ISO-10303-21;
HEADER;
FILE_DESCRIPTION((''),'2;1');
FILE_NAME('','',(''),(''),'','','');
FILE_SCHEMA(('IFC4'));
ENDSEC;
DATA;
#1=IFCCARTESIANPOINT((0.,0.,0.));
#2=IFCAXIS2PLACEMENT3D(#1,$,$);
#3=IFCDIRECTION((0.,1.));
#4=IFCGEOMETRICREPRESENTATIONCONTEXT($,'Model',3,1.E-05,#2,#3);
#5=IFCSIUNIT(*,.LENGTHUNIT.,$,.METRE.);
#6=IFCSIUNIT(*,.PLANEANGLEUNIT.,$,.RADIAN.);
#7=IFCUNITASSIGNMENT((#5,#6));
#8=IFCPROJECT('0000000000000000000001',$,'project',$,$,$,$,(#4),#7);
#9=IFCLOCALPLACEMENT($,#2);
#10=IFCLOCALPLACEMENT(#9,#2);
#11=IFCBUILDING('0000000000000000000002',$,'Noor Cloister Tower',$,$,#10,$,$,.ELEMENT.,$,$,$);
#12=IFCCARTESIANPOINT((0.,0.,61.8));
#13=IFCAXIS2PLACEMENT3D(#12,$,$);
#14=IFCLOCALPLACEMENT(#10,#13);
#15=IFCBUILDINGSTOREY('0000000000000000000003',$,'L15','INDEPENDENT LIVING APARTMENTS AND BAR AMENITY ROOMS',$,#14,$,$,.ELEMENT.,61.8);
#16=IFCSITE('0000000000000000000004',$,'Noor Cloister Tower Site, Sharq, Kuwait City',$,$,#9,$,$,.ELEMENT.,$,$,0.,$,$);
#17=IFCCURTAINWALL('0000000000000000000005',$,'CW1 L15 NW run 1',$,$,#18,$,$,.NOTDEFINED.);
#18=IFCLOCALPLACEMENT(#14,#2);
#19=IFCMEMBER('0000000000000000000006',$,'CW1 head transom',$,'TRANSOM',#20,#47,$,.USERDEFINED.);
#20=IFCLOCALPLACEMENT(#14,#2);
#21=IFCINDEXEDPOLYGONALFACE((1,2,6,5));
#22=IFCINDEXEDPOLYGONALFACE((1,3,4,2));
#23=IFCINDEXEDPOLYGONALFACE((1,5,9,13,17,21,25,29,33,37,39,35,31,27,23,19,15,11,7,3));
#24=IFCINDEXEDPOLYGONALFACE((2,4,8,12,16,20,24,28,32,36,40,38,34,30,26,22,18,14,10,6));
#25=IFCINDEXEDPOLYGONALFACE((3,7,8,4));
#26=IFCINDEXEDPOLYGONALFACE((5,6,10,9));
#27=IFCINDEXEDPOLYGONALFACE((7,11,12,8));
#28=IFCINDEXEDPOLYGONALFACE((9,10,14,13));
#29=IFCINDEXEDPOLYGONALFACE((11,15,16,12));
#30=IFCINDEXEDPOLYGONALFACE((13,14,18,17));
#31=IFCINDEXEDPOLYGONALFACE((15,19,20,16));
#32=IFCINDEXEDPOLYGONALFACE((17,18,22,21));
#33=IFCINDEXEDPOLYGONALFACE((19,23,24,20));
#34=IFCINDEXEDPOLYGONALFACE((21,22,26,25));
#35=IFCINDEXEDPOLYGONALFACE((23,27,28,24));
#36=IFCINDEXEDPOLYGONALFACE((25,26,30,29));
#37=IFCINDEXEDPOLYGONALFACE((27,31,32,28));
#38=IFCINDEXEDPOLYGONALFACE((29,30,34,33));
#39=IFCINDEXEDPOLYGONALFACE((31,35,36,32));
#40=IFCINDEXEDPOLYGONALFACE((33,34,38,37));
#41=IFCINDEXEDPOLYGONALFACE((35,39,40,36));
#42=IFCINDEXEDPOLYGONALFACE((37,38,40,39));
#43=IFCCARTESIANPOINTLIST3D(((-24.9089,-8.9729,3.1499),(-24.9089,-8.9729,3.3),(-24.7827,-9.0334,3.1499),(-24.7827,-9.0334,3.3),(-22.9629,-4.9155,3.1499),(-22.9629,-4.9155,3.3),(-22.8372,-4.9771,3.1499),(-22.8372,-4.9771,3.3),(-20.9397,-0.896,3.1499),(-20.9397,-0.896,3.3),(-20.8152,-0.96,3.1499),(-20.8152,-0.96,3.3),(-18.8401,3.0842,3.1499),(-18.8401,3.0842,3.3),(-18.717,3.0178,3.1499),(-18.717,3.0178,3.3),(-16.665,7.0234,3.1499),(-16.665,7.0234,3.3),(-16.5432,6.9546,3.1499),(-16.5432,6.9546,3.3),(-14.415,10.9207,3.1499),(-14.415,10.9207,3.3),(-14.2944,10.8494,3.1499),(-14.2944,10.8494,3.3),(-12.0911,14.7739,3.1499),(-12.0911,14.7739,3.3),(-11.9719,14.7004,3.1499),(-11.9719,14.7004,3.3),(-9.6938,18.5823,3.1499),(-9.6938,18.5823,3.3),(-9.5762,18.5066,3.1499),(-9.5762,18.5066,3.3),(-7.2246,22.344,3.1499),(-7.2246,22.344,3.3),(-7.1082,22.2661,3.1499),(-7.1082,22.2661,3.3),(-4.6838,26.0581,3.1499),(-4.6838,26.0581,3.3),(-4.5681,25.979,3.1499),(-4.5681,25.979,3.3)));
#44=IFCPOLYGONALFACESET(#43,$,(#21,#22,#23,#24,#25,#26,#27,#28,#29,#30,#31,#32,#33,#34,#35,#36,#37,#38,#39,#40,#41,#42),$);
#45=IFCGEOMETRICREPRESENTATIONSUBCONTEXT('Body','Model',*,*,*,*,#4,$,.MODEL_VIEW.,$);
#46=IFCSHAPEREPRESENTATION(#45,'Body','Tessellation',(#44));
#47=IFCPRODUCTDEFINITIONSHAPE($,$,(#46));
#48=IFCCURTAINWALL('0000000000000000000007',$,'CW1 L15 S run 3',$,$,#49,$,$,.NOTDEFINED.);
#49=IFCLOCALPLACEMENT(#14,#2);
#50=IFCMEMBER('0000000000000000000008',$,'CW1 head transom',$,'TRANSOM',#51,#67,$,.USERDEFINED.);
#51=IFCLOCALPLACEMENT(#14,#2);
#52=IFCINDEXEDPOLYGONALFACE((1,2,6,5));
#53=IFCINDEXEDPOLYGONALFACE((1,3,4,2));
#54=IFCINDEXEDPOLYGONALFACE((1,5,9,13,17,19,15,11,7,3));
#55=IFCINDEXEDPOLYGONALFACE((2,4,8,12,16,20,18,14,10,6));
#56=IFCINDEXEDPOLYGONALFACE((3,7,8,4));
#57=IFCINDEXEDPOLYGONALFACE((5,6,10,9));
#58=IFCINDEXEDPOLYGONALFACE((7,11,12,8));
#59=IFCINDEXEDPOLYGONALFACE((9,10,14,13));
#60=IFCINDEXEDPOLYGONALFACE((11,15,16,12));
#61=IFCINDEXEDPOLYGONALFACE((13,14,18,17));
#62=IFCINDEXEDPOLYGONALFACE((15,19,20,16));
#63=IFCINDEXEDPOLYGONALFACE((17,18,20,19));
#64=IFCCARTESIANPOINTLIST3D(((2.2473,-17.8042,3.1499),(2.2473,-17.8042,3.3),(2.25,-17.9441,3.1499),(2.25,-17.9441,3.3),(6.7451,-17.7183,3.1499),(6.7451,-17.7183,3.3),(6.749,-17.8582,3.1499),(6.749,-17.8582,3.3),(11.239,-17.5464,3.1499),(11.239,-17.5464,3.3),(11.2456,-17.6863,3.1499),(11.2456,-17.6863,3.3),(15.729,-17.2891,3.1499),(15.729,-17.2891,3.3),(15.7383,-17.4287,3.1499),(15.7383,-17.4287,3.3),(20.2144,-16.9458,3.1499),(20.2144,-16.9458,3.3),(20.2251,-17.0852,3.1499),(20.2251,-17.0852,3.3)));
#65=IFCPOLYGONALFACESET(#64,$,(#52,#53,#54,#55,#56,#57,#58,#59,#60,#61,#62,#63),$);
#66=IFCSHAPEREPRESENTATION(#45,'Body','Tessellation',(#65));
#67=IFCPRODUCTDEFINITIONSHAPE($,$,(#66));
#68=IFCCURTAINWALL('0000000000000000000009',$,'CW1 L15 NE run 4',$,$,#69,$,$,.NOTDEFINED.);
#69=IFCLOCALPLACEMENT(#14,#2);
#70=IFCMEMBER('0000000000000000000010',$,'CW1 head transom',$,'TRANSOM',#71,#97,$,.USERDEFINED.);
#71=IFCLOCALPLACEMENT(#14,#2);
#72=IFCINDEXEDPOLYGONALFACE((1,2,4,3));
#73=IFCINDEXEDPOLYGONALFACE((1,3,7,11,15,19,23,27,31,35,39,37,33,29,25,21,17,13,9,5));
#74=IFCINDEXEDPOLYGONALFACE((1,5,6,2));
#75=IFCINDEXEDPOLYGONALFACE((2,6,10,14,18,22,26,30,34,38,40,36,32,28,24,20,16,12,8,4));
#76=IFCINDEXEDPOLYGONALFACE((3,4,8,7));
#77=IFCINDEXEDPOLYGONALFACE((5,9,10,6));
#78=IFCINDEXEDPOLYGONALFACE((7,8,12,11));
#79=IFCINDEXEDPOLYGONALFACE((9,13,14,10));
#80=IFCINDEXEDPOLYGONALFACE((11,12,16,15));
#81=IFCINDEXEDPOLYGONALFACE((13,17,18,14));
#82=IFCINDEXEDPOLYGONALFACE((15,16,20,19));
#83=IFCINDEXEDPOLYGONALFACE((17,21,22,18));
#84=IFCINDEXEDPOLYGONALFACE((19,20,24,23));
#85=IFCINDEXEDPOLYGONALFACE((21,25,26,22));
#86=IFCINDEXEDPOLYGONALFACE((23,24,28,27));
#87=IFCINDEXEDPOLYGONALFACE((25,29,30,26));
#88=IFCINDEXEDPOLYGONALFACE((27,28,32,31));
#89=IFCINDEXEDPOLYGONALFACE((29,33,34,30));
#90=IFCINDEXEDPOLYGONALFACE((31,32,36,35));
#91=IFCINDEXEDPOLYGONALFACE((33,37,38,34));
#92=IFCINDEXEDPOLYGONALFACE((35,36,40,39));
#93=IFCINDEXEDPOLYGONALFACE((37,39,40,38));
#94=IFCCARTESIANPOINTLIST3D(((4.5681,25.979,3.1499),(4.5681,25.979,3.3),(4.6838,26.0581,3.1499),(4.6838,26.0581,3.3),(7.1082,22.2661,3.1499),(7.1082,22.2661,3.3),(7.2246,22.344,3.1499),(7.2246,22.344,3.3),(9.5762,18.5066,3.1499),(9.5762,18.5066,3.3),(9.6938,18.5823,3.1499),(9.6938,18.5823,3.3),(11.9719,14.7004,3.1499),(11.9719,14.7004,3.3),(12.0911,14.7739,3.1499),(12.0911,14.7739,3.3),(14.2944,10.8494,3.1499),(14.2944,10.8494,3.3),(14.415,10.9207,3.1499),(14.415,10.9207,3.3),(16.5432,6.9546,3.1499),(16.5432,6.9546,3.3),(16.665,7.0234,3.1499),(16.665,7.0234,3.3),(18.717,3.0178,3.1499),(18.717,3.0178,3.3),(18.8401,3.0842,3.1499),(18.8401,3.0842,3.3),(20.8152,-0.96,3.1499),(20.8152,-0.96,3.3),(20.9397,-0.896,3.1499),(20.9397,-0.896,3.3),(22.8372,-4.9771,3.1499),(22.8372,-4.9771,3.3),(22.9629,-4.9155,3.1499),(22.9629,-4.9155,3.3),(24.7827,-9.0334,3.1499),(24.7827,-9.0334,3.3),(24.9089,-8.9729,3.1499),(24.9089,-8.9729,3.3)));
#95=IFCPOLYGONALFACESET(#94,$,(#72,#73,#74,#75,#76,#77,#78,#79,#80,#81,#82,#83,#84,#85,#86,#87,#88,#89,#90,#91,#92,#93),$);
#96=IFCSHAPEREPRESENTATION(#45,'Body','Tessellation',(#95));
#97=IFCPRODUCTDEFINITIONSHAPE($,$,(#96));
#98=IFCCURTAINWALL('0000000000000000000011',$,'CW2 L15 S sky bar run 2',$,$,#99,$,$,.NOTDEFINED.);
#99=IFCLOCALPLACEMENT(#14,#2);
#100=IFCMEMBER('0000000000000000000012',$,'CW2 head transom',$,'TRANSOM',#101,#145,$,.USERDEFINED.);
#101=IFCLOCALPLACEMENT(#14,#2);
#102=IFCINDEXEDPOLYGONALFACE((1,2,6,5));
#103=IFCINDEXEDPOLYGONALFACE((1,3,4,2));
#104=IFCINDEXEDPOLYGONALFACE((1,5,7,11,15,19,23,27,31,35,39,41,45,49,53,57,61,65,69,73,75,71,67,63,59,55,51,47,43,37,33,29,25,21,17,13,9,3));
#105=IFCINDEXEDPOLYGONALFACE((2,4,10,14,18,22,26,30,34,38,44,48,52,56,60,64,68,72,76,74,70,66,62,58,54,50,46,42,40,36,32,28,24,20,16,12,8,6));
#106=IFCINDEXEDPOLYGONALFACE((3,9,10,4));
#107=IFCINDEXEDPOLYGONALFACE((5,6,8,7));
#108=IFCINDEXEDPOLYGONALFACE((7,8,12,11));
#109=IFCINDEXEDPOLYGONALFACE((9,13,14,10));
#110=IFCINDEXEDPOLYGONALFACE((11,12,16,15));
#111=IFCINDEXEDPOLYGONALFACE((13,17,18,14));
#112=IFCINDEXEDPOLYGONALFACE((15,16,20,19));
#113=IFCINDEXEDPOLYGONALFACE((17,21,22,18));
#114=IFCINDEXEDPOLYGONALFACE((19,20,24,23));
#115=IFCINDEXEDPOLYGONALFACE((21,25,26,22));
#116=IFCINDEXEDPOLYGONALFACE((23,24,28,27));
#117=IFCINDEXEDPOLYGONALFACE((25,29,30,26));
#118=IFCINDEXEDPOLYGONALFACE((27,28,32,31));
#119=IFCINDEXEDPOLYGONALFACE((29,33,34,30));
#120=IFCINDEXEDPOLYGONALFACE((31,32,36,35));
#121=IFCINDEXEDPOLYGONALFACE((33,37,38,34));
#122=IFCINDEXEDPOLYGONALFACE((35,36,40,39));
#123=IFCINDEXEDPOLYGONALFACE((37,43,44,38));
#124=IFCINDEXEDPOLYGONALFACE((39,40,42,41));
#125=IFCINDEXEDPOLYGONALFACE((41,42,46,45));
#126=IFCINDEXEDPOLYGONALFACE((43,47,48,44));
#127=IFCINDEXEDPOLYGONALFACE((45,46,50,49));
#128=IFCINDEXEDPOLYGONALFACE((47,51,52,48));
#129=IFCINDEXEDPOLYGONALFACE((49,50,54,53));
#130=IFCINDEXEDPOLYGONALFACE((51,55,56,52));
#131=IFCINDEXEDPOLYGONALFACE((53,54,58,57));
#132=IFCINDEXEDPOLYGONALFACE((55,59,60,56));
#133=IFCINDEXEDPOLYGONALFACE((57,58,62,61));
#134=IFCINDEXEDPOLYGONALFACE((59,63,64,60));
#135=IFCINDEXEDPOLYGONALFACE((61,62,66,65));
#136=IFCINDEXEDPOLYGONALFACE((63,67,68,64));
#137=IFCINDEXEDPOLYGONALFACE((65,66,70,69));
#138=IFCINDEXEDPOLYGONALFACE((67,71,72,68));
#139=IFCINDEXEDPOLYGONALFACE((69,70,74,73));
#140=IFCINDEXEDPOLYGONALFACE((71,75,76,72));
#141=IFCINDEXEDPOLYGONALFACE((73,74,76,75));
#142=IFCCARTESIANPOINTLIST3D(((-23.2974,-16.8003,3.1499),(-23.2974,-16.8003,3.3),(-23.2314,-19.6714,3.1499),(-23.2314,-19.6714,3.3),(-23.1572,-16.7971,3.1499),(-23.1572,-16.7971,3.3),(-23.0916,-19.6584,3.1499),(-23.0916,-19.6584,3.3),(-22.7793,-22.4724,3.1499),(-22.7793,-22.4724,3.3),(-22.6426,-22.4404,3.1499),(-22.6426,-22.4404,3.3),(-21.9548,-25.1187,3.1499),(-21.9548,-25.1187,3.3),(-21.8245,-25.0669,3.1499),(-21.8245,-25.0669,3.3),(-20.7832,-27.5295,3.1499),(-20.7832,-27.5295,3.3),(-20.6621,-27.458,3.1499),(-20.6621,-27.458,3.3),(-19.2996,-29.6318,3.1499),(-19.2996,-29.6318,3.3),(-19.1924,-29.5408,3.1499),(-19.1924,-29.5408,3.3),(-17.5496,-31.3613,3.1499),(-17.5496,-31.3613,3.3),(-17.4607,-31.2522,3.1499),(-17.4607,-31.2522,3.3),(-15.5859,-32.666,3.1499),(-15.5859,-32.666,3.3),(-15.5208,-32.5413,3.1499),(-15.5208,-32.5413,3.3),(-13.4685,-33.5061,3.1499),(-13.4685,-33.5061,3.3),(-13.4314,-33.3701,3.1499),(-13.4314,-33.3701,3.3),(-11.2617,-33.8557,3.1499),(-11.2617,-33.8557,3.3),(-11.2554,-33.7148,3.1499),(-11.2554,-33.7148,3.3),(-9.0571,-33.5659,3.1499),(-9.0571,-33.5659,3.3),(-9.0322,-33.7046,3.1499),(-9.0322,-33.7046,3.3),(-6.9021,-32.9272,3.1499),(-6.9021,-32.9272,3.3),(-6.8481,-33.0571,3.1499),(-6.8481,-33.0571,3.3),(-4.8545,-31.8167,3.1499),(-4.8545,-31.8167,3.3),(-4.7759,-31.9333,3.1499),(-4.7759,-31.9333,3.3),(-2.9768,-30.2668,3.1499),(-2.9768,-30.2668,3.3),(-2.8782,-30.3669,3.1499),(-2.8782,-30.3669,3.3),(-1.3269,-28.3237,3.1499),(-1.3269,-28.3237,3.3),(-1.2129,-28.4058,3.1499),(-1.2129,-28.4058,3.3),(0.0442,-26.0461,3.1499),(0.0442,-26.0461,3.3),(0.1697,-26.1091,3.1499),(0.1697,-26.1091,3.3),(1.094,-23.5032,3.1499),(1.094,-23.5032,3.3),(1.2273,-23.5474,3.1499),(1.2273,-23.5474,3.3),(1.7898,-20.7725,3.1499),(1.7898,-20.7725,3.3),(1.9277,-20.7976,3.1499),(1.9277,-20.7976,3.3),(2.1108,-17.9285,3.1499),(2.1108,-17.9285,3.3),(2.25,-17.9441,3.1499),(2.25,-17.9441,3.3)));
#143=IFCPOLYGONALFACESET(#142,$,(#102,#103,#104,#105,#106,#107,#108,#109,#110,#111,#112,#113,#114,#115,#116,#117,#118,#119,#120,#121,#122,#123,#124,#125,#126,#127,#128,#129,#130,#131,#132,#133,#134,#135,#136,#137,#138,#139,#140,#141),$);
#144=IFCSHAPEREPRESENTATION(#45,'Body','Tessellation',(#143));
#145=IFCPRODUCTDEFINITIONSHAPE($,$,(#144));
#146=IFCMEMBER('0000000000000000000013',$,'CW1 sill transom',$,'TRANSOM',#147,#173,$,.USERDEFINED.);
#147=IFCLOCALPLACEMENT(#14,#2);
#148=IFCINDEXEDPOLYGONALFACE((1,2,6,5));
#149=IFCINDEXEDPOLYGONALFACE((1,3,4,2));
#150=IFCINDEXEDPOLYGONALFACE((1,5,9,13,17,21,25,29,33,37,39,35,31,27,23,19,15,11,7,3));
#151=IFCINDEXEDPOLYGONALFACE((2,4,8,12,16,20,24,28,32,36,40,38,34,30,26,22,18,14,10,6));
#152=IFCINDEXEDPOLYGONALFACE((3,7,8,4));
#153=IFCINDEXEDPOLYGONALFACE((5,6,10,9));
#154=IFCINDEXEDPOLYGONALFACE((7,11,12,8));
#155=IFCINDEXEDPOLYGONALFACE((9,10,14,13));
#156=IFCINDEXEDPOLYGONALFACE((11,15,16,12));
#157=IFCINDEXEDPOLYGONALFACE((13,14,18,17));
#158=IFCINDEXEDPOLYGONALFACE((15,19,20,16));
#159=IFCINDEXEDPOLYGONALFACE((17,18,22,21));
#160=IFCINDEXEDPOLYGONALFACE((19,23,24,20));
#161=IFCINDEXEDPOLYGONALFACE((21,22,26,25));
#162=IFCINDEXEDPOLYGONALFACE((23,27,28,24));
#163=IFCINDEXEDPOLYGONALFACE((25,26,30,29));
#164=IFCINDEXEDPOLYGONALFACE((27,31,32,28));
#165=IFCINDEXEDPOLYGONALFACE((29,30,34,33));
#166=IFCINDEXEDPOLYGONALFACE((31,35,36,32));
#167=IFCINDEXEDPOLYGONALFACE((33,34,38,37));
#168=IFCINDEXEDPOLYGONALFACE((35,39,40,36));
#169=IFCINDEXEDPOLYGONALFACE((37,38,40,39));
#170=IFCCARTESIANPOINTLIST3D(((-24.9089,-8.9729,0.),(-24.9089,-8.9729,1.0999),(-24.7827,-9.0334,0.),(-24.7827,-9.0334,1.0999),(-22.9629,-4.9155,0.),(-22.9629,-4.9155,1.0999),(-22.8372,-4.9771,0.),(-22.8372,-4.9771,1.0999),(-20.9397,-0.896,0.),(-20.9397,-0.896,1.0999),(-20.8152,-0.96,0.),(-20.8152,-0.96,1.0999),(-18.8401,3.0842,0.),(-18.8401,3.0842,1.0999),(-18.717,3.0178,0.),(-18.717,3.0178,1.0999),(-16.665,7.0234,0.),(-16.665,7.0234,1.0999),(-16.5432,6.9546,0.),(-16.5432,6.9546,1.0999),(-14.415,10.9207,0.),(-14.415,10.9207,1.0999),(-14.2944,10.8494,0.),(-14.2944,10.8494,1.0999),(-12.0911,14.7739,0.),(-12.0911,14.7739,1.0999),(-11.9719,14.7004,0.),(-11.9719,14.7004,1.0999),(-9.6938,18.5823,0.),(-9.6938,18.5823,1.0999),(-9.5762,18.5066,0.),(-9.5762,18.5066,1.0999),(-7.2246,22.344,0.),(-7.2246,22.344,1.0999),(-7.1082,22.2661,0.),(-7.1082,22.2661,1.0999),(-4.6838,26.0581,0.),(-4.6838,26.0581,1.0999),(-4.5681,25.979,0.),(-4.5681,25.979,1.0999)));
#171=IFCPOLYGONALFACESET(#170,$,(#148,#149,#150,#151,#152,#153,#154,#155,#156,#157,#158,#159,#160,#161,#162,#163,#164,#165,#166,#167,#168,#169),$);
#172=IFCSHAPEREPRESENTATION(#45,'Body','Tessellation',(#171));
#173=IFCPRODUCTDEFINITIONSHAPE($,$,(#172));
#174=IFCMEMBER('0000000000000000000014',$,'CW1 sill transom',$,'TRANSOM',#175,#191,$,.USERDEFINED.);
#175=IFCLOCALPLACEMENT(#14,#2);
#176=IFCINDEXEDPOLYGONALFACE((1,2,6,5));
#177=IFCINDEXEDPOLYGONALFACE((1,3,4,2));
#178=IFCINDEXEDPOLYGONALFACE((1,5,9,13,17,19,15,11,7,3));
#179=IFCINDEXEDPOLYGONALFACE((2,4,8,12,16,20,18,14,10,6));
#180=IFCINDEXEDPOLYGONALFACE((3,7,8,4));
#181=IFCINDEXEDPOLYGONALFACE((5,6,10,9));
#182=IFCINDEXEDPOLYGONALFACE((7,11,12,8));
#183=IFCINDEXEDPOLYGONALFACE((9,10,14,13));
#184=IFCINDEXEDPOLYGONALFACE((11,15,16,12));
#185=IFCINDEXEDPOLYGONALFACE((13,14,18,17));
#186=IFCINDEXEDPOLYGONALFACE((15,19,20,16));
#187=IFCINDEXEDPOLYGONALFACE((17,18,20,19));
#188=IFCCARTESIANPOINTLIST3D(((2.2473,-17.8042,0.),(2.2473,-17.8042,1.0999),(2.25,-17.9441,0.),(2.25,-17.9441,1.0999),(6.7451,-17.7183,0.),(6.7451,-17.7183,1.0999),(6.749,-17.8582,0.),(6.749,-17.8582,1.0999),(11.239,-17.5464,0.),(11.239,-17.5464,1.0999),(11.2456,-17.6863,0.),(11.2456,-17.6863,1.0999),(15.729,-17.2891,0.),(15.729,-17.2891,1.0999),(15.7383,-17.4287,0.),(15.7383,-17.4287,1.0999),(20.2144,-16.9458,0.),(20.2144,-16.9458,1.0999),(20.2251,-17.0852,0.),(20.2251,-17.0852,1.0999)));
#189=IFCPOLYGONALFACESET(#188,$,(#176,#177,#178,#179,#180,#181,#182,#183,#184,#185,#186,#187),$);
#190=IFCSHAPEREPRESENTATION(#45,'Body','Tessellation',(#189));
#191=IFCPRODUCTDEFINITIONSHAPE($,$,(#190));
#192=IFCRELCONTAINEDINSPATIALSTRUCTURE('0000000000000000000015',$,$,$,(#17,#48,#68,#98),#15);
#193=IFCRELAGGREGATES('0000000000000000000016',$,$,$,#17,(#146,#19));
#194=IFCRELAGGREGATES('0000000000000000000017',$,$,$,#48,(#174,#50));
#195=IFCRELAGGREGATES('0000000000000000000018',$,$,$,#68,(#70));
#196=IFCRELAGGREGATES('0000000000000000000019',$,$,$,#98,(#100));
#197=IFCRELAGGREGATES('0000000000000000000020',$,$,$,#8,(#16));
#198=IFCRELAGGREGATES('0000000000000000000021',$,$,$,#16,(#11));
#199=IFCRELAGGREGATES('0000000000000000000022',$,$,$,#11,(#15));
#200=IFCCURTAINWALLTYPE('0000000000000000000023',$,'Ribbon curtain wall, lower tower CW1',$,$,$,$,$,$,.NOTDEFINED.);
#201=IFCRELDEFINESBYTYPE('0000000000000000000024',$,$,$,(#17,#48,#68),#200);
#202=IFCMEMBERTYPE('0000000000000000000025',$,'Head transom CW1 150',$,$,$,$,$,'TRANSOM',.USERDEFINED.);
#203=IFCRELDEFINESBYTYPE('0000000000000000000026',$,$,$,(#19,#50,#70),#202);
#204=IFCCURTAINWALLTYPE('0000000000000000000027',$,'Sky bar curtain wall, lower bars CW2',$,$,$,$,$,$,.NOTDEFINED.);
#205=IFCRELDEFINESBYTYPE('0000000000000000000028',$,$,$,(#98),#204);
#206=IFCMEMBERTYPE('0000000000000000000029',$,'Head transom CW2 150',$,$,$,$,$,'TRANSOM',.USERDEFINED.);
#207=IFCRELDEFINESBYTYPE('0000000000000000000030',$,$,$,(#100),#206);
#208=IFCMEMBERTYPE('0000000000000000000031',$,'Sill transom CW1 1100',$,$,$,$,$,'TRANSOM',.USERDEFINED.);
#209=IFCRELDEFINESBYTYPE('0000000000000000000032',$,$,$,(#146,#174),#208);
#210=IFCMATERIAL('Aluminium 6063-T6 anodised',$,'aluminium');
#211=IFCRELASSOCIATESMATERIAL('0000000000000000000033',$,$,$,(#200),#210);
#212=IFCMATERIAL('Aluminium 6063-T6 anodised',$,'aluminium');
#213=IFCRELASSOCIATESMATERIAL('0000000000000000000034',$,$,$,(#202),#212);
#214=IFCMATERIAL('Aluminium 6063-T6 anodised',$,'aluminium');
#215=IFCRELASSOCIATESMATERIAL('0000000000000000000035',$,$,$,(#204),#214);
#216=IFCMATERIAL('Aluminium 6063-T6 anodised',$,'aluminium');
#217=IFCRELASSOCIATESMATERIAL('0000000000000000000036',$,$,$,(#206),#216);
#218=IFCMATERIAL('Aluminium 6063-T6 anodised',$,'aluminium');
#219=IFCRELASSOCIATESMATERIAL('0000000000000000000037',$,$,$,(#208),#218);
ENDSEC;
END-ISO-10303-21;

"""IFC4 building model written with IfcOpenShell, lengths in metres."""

from ifc_helpers import new_model, si_unit, direction, frame, origin, place, context, subcontext, project, spatial, polyline, outline, extrude, material, type_object, element, aggregate, save


model = new_model("IFC4")

# Units and contexts
model_context = context("Model", 3, precision=1e-05, world=origin(), true_north=direction((0.0, 1.0)))
body_context = subcontext(model_context, "Body", "Model", "MODEL_VIEW")
ifc_project = project(units=[si_unit("LENGTHUNIT", "METRE"), si_unit("PLANEANGLEUNIT", "RADIAN")], contexts=[model_context])

# Site, building, storey
site_placement = place(None, origin())
site = spatial("IfcSite", under=ifc_project, at=site_placement, Name="Noor Cloister Tower Site, Sharq, Kuwait City", CompositionType="ELEMENT", RefElevation=0.0)
building_placement = place(site_placement, origin())
building = spatial("IfcBuilding", under=site, at=building_placement, Name="Noor Cloister Tower", CompositionType="ELEMENT")
storey_placement = place(building_placement, frame((0.0, 0.0, 61.8)))
storey = spatial("IfcBuildingStorey", under=building, at=storey_placement, Name="L15", Description="INDEPENDENT LIVING APARTMENTS AND BAR AMENITY ROOMS", CompositionType="ELEMENT", Elevation=61.8)

# Curtain walls, members
ifc_material_1 = material(Name="Aluminium 6063-T6 anodised", Category="aluminium")
curtain_wall_type_1 = type_object("IfcCurtainWallType", Name="Ribbon curtain wall, lower tower CW1", PredefinedType="NOTDEFINED", material=ifc_material_1)
curtain_wall_1_placement = place(storey_placement, origin())
curtain_wall_1 = element("IfcCurtainWall", 1, at=curtain_wall_1_placement, inside=storey, type_object=curtain_wall_type_1, Name="CW1 L15 NW run 1", PredefinedType="NOTDEFINED")
ifc_material_2 = material(Name="Aluminium 6063-T6 anodised", Category="aluminium")
member_type_1 = type_object("IfcMemberType", Name="Head transom CW1 150", ElementType="TRANSOM", PredefinedType="USERDEFINED", material=ifc_material_2)
member_1_placement = place(storey_placement, frame((0.0, 0.0, 3.1499)))
member_1 = element("IfcMember", 2, at=member_1_placement, type_object=member_type_1, Name="CW1 head transom", ObjectType="TRANSOM", PredefinedType="USERDEFINED", context=body_context, shape_type="SweptSolid", body=[
    extrude(outline(polyline([(-4.6838, 26.0581), (-7.2246, 22.344), (-9.6938, 18.5823), (-12.0911, 14.7739), (-14.415, 10.9207), (-16.665, 7.0234), (-18.8401, 3.0842), (-20.9397, -0.896), (-22.9629, -4.9155), (-24.9089, -8.9729), (-24.7827, -9.0334), (-22.8372, -4.9771), (-20.8152, -0.96), (-18.717, 3.0178), (-16.5432, 6.9546), (-14.2944, 10.8494), (-11.9719, 14.7004), (-9.5762, 18.5066), (-7.1082, 22.2661), (-4.5681, 25.979), (-4.6838, 26.0581)])), origin(), (0.0, 0.0, 1.0), 0.1501),
])
curtain_wall_2_placement = place(storey_placement, origin())
curtain_wall_2 = element("IfcCurtainWall", 3, at=curtain_wall_2_placement, inside=storey, type_object=curtain_wall_type_1, Name="CW1 L15 S run 3", PredefinedType="NOTDEFINED")
member_2_placement = place(storey_placement, frame((0.0, 0.0, 3.1499)))
member_2 = element("IfcMember", 4, at=member_2_placement, type_object=member_type_1, Name="CW1 head transom", ObjectType="TRANSOM", PredefinedType="USERDEFINED", context=body_context, shape_type="SweptSolid", body=[
    extrude(outline(polyline([(2.25, -17.9441), (6.749, -17.8582), (11.2456, -17.6863), (15.7383, -17.4287), (20.2251, -17.0852), (20.2144, -16.9458), (15.729, -17.2891), (11.239, -17.5464), (6.7451, -17.7183), (2.2473, -17.8042), (2.25, -17.9441)])), origin(), (0.0, 0.0, 1.0), 0.1501),
])
curtain_wall_3_placement = place(storey_placement, origin())
curtain_wall_3 = element("IfcCurtainWall", 5, at=curtain_wall_3_placement, inside=storey, type_object=curtain_wall_type_1, Name="CW1 L15 NE run 4", PredefinedType="NOTDEFINED")
member_3_placement = place(storey_placement, frame((0.0, 0.0, 3.1499)))
member_3 = element("IfcMember", 6, at=member_3_placement, type_object=member_type_1, Name="CW1 head transom", ObjectType="TRANSOM", PredefinedType="USERDEFINED", context=body_context, shape_type="SweptSolid", body=[
    extrude(outline(polyline([(24.9089, -8.9729), (22.9629, -4.9155), (20.9397, -0.896), (18.8401, 3.0842), (16.665, 7.0234), (14.415, 10.9207), (12.0911, 14.7739), (9.6938, 18.5823), (7.2246, 22.344), (4.6838, 26.0581), (4.5681, 25.979), (7.1082, 22.2661), (9.5762, 18.5066), (11.9719, 14.7004), (14.2944, 10.8494), (16.5432, 6.9546), (18.717, 3.0178), (20.8152, -0.96), (22.8372, -4.9771), (24.7827, -9.0334), (24.9089, -8.9729)])), origin(), (0.0, 0.0, 1.0), 0.1501),
])
ifc_material_3 = material(Name="Aluminium 6063-T6 anodised", Category="aluminium")
curtain_wall_type_2 = type_object("IfcCurtainWallType", Name="Sky bar curtain wall, lower bars CW2", PredefinedType="NOTDEFINED", material=ifc_material_3)
curtain_wall_4_placement = place(storey_placement, origin())
curtain_wall_4 = element("IfcCurtainWall", 7, at=curtain_wall_4_placement, inside=storey, type_object=curtain_wall_type_2, Name="CW2 L15 S sky bar run 2", PredefinedType="NOTDEFINED")
ifc_material_4 = material(Name="Aluminium 6063-T6 anodised", Category="aluminium")
member_type_2 = type_object("IfcMemberType", Name="Head transom CW2 150", ElementType="TRANSOM", PredefinedType="USERDEFINED", material=ifc_material_4)
member_4_placement = place(storey_placement, frame((0.0, 0.0, 3.1499)))
member_4 = element("IfcMember", 8, at=member_4_placement, type_object=member_type_2, Name="CW2 head transom", ObjectType="TRANSOM", PredefinedType="USERDEFINED", context=body_context, shape_type="SweptSolid", body=[
    extrude(outline(polyline([(-23.2974, -16.8003), (-23.2314, -19.6714), (-22.7793, -22.4724), (-21.9548, -25.1187), (-20.7832, -27.5295), (-19.2996, -29.6318), (-17.5496, -31.3613), (-15.5859, -32.666), (-13.4685, -33.5061), (-11.2617, -33.8557), (-9.0322, -33.7046), (-6.8481, -33.0571), (-4.7759, -31.9333), (-2.8782, -30.3669), (-1.2129, -28.4058), (0.1697, -26.1091), (1.2273, -23.5474), (1.9277, -20.7976), (2.25, -17.9441), (2.1108, -17.9285), (1.7898, -20.7725), (1.094, -23.5032), (0.0442, -26.0461), (-1.3269, -28.3237), (-2.9768, -30.2668), (-4.8545, -31.8167), (-6.9021, -32.9272), (-9.0571, -33.5659), (-11.2554, -33.7148), (-13.4314, -33.3701), (-15.5208, -32.5413), (-17.4607, -31.2522), (-19.1924, -29.5408), (-20.6621, -27.458), (-21.8245, -25.0669), (-22.6426, -22.4404), (-23.0916, -19.6584), (-23.1572, -16.7971), (-23.2974, -16.8003)])), origin(), (0.0, 0.0, 1.0), 0.1501),
])

# Members
ifc_material_5 = material(Name="Aluminium 6063-T6 anodised", Category="aluminium")
member_type_3 = type_object("IfcMemberType", Name="Sill transom CW1 1100", ElementType="TRANSOM", PredefinedType="USERDEFINED", material=ifc_material_5)
member_5_placement = place(storey_placement, origin())
member_5 = element("IfcMember", 9, at=member_5_placement, type_object=member_type_3, Name="CW1 sill transom", ObjectType="TRANSOM", PredefinedType="USERDEFINED", context=body_context, shape_type="SweptSolid", body=[
    extrude(outline(polyline([(-4.6838, 26.0581), (-7.2246, 22.344), (-9.6938, 18.5823), (-12.0911, 14.7739), (-14.415, 10.9207), (-16.665, 7.0234), (-18.8401, 3.0842), (-20.9397, -0.896), (-22.9629, -4.9155), (-24.9089, -8.9729), (-24.7827, -9.0334), (-22.8372, -4.9771), (-20.8152, -0.96), (-18.717, 3.0178), (-16.5432, 6.9546), (-14.2944, 10.8494), (-11.9719, 14.7004), (-9.5762, 18.5066), (-7.1082, 22.2661), (-4.5681, 25.979), (-4.6838, 26.0581)])), origin(), (0.0, 0.0, 1.0), 1.0999),
])
aggregate(curtain_wall_1, [member_5, member_1])
member_6_placement = place(storey_placement, origin())
member_6 = element("IfcMember", 10, at=member_6_placement, type_object=member_type_3, Name="CW1 sill transom", ObjectType="TRANSOM", PredefinedType="USERDEFINED", context=body_context, shape_type="SweptSolid", body=[
    extrude(outline(polyline([(2.25, -17.9441), (6.749, -17.8582), (11.2456, -17.6863), (15.7383, -17.4287), (20.2251, -17.0852), (20.2144, -16.9458), (15.729, -17.2891), (11.239, -17.5464), (6.7451, -17.7183), (2.2473, -17.8042), (2.25, -17.9441)])), origin(), (0.0, 0.0, 1.0), 1.0999),
])
aggregate(curtain_wall_2, [member_6, member_2])
aggregate(curtain_wall_3, [member_3])
aggregate(curtain_wall_4, [member_4])

save(model, "model.ifc")
